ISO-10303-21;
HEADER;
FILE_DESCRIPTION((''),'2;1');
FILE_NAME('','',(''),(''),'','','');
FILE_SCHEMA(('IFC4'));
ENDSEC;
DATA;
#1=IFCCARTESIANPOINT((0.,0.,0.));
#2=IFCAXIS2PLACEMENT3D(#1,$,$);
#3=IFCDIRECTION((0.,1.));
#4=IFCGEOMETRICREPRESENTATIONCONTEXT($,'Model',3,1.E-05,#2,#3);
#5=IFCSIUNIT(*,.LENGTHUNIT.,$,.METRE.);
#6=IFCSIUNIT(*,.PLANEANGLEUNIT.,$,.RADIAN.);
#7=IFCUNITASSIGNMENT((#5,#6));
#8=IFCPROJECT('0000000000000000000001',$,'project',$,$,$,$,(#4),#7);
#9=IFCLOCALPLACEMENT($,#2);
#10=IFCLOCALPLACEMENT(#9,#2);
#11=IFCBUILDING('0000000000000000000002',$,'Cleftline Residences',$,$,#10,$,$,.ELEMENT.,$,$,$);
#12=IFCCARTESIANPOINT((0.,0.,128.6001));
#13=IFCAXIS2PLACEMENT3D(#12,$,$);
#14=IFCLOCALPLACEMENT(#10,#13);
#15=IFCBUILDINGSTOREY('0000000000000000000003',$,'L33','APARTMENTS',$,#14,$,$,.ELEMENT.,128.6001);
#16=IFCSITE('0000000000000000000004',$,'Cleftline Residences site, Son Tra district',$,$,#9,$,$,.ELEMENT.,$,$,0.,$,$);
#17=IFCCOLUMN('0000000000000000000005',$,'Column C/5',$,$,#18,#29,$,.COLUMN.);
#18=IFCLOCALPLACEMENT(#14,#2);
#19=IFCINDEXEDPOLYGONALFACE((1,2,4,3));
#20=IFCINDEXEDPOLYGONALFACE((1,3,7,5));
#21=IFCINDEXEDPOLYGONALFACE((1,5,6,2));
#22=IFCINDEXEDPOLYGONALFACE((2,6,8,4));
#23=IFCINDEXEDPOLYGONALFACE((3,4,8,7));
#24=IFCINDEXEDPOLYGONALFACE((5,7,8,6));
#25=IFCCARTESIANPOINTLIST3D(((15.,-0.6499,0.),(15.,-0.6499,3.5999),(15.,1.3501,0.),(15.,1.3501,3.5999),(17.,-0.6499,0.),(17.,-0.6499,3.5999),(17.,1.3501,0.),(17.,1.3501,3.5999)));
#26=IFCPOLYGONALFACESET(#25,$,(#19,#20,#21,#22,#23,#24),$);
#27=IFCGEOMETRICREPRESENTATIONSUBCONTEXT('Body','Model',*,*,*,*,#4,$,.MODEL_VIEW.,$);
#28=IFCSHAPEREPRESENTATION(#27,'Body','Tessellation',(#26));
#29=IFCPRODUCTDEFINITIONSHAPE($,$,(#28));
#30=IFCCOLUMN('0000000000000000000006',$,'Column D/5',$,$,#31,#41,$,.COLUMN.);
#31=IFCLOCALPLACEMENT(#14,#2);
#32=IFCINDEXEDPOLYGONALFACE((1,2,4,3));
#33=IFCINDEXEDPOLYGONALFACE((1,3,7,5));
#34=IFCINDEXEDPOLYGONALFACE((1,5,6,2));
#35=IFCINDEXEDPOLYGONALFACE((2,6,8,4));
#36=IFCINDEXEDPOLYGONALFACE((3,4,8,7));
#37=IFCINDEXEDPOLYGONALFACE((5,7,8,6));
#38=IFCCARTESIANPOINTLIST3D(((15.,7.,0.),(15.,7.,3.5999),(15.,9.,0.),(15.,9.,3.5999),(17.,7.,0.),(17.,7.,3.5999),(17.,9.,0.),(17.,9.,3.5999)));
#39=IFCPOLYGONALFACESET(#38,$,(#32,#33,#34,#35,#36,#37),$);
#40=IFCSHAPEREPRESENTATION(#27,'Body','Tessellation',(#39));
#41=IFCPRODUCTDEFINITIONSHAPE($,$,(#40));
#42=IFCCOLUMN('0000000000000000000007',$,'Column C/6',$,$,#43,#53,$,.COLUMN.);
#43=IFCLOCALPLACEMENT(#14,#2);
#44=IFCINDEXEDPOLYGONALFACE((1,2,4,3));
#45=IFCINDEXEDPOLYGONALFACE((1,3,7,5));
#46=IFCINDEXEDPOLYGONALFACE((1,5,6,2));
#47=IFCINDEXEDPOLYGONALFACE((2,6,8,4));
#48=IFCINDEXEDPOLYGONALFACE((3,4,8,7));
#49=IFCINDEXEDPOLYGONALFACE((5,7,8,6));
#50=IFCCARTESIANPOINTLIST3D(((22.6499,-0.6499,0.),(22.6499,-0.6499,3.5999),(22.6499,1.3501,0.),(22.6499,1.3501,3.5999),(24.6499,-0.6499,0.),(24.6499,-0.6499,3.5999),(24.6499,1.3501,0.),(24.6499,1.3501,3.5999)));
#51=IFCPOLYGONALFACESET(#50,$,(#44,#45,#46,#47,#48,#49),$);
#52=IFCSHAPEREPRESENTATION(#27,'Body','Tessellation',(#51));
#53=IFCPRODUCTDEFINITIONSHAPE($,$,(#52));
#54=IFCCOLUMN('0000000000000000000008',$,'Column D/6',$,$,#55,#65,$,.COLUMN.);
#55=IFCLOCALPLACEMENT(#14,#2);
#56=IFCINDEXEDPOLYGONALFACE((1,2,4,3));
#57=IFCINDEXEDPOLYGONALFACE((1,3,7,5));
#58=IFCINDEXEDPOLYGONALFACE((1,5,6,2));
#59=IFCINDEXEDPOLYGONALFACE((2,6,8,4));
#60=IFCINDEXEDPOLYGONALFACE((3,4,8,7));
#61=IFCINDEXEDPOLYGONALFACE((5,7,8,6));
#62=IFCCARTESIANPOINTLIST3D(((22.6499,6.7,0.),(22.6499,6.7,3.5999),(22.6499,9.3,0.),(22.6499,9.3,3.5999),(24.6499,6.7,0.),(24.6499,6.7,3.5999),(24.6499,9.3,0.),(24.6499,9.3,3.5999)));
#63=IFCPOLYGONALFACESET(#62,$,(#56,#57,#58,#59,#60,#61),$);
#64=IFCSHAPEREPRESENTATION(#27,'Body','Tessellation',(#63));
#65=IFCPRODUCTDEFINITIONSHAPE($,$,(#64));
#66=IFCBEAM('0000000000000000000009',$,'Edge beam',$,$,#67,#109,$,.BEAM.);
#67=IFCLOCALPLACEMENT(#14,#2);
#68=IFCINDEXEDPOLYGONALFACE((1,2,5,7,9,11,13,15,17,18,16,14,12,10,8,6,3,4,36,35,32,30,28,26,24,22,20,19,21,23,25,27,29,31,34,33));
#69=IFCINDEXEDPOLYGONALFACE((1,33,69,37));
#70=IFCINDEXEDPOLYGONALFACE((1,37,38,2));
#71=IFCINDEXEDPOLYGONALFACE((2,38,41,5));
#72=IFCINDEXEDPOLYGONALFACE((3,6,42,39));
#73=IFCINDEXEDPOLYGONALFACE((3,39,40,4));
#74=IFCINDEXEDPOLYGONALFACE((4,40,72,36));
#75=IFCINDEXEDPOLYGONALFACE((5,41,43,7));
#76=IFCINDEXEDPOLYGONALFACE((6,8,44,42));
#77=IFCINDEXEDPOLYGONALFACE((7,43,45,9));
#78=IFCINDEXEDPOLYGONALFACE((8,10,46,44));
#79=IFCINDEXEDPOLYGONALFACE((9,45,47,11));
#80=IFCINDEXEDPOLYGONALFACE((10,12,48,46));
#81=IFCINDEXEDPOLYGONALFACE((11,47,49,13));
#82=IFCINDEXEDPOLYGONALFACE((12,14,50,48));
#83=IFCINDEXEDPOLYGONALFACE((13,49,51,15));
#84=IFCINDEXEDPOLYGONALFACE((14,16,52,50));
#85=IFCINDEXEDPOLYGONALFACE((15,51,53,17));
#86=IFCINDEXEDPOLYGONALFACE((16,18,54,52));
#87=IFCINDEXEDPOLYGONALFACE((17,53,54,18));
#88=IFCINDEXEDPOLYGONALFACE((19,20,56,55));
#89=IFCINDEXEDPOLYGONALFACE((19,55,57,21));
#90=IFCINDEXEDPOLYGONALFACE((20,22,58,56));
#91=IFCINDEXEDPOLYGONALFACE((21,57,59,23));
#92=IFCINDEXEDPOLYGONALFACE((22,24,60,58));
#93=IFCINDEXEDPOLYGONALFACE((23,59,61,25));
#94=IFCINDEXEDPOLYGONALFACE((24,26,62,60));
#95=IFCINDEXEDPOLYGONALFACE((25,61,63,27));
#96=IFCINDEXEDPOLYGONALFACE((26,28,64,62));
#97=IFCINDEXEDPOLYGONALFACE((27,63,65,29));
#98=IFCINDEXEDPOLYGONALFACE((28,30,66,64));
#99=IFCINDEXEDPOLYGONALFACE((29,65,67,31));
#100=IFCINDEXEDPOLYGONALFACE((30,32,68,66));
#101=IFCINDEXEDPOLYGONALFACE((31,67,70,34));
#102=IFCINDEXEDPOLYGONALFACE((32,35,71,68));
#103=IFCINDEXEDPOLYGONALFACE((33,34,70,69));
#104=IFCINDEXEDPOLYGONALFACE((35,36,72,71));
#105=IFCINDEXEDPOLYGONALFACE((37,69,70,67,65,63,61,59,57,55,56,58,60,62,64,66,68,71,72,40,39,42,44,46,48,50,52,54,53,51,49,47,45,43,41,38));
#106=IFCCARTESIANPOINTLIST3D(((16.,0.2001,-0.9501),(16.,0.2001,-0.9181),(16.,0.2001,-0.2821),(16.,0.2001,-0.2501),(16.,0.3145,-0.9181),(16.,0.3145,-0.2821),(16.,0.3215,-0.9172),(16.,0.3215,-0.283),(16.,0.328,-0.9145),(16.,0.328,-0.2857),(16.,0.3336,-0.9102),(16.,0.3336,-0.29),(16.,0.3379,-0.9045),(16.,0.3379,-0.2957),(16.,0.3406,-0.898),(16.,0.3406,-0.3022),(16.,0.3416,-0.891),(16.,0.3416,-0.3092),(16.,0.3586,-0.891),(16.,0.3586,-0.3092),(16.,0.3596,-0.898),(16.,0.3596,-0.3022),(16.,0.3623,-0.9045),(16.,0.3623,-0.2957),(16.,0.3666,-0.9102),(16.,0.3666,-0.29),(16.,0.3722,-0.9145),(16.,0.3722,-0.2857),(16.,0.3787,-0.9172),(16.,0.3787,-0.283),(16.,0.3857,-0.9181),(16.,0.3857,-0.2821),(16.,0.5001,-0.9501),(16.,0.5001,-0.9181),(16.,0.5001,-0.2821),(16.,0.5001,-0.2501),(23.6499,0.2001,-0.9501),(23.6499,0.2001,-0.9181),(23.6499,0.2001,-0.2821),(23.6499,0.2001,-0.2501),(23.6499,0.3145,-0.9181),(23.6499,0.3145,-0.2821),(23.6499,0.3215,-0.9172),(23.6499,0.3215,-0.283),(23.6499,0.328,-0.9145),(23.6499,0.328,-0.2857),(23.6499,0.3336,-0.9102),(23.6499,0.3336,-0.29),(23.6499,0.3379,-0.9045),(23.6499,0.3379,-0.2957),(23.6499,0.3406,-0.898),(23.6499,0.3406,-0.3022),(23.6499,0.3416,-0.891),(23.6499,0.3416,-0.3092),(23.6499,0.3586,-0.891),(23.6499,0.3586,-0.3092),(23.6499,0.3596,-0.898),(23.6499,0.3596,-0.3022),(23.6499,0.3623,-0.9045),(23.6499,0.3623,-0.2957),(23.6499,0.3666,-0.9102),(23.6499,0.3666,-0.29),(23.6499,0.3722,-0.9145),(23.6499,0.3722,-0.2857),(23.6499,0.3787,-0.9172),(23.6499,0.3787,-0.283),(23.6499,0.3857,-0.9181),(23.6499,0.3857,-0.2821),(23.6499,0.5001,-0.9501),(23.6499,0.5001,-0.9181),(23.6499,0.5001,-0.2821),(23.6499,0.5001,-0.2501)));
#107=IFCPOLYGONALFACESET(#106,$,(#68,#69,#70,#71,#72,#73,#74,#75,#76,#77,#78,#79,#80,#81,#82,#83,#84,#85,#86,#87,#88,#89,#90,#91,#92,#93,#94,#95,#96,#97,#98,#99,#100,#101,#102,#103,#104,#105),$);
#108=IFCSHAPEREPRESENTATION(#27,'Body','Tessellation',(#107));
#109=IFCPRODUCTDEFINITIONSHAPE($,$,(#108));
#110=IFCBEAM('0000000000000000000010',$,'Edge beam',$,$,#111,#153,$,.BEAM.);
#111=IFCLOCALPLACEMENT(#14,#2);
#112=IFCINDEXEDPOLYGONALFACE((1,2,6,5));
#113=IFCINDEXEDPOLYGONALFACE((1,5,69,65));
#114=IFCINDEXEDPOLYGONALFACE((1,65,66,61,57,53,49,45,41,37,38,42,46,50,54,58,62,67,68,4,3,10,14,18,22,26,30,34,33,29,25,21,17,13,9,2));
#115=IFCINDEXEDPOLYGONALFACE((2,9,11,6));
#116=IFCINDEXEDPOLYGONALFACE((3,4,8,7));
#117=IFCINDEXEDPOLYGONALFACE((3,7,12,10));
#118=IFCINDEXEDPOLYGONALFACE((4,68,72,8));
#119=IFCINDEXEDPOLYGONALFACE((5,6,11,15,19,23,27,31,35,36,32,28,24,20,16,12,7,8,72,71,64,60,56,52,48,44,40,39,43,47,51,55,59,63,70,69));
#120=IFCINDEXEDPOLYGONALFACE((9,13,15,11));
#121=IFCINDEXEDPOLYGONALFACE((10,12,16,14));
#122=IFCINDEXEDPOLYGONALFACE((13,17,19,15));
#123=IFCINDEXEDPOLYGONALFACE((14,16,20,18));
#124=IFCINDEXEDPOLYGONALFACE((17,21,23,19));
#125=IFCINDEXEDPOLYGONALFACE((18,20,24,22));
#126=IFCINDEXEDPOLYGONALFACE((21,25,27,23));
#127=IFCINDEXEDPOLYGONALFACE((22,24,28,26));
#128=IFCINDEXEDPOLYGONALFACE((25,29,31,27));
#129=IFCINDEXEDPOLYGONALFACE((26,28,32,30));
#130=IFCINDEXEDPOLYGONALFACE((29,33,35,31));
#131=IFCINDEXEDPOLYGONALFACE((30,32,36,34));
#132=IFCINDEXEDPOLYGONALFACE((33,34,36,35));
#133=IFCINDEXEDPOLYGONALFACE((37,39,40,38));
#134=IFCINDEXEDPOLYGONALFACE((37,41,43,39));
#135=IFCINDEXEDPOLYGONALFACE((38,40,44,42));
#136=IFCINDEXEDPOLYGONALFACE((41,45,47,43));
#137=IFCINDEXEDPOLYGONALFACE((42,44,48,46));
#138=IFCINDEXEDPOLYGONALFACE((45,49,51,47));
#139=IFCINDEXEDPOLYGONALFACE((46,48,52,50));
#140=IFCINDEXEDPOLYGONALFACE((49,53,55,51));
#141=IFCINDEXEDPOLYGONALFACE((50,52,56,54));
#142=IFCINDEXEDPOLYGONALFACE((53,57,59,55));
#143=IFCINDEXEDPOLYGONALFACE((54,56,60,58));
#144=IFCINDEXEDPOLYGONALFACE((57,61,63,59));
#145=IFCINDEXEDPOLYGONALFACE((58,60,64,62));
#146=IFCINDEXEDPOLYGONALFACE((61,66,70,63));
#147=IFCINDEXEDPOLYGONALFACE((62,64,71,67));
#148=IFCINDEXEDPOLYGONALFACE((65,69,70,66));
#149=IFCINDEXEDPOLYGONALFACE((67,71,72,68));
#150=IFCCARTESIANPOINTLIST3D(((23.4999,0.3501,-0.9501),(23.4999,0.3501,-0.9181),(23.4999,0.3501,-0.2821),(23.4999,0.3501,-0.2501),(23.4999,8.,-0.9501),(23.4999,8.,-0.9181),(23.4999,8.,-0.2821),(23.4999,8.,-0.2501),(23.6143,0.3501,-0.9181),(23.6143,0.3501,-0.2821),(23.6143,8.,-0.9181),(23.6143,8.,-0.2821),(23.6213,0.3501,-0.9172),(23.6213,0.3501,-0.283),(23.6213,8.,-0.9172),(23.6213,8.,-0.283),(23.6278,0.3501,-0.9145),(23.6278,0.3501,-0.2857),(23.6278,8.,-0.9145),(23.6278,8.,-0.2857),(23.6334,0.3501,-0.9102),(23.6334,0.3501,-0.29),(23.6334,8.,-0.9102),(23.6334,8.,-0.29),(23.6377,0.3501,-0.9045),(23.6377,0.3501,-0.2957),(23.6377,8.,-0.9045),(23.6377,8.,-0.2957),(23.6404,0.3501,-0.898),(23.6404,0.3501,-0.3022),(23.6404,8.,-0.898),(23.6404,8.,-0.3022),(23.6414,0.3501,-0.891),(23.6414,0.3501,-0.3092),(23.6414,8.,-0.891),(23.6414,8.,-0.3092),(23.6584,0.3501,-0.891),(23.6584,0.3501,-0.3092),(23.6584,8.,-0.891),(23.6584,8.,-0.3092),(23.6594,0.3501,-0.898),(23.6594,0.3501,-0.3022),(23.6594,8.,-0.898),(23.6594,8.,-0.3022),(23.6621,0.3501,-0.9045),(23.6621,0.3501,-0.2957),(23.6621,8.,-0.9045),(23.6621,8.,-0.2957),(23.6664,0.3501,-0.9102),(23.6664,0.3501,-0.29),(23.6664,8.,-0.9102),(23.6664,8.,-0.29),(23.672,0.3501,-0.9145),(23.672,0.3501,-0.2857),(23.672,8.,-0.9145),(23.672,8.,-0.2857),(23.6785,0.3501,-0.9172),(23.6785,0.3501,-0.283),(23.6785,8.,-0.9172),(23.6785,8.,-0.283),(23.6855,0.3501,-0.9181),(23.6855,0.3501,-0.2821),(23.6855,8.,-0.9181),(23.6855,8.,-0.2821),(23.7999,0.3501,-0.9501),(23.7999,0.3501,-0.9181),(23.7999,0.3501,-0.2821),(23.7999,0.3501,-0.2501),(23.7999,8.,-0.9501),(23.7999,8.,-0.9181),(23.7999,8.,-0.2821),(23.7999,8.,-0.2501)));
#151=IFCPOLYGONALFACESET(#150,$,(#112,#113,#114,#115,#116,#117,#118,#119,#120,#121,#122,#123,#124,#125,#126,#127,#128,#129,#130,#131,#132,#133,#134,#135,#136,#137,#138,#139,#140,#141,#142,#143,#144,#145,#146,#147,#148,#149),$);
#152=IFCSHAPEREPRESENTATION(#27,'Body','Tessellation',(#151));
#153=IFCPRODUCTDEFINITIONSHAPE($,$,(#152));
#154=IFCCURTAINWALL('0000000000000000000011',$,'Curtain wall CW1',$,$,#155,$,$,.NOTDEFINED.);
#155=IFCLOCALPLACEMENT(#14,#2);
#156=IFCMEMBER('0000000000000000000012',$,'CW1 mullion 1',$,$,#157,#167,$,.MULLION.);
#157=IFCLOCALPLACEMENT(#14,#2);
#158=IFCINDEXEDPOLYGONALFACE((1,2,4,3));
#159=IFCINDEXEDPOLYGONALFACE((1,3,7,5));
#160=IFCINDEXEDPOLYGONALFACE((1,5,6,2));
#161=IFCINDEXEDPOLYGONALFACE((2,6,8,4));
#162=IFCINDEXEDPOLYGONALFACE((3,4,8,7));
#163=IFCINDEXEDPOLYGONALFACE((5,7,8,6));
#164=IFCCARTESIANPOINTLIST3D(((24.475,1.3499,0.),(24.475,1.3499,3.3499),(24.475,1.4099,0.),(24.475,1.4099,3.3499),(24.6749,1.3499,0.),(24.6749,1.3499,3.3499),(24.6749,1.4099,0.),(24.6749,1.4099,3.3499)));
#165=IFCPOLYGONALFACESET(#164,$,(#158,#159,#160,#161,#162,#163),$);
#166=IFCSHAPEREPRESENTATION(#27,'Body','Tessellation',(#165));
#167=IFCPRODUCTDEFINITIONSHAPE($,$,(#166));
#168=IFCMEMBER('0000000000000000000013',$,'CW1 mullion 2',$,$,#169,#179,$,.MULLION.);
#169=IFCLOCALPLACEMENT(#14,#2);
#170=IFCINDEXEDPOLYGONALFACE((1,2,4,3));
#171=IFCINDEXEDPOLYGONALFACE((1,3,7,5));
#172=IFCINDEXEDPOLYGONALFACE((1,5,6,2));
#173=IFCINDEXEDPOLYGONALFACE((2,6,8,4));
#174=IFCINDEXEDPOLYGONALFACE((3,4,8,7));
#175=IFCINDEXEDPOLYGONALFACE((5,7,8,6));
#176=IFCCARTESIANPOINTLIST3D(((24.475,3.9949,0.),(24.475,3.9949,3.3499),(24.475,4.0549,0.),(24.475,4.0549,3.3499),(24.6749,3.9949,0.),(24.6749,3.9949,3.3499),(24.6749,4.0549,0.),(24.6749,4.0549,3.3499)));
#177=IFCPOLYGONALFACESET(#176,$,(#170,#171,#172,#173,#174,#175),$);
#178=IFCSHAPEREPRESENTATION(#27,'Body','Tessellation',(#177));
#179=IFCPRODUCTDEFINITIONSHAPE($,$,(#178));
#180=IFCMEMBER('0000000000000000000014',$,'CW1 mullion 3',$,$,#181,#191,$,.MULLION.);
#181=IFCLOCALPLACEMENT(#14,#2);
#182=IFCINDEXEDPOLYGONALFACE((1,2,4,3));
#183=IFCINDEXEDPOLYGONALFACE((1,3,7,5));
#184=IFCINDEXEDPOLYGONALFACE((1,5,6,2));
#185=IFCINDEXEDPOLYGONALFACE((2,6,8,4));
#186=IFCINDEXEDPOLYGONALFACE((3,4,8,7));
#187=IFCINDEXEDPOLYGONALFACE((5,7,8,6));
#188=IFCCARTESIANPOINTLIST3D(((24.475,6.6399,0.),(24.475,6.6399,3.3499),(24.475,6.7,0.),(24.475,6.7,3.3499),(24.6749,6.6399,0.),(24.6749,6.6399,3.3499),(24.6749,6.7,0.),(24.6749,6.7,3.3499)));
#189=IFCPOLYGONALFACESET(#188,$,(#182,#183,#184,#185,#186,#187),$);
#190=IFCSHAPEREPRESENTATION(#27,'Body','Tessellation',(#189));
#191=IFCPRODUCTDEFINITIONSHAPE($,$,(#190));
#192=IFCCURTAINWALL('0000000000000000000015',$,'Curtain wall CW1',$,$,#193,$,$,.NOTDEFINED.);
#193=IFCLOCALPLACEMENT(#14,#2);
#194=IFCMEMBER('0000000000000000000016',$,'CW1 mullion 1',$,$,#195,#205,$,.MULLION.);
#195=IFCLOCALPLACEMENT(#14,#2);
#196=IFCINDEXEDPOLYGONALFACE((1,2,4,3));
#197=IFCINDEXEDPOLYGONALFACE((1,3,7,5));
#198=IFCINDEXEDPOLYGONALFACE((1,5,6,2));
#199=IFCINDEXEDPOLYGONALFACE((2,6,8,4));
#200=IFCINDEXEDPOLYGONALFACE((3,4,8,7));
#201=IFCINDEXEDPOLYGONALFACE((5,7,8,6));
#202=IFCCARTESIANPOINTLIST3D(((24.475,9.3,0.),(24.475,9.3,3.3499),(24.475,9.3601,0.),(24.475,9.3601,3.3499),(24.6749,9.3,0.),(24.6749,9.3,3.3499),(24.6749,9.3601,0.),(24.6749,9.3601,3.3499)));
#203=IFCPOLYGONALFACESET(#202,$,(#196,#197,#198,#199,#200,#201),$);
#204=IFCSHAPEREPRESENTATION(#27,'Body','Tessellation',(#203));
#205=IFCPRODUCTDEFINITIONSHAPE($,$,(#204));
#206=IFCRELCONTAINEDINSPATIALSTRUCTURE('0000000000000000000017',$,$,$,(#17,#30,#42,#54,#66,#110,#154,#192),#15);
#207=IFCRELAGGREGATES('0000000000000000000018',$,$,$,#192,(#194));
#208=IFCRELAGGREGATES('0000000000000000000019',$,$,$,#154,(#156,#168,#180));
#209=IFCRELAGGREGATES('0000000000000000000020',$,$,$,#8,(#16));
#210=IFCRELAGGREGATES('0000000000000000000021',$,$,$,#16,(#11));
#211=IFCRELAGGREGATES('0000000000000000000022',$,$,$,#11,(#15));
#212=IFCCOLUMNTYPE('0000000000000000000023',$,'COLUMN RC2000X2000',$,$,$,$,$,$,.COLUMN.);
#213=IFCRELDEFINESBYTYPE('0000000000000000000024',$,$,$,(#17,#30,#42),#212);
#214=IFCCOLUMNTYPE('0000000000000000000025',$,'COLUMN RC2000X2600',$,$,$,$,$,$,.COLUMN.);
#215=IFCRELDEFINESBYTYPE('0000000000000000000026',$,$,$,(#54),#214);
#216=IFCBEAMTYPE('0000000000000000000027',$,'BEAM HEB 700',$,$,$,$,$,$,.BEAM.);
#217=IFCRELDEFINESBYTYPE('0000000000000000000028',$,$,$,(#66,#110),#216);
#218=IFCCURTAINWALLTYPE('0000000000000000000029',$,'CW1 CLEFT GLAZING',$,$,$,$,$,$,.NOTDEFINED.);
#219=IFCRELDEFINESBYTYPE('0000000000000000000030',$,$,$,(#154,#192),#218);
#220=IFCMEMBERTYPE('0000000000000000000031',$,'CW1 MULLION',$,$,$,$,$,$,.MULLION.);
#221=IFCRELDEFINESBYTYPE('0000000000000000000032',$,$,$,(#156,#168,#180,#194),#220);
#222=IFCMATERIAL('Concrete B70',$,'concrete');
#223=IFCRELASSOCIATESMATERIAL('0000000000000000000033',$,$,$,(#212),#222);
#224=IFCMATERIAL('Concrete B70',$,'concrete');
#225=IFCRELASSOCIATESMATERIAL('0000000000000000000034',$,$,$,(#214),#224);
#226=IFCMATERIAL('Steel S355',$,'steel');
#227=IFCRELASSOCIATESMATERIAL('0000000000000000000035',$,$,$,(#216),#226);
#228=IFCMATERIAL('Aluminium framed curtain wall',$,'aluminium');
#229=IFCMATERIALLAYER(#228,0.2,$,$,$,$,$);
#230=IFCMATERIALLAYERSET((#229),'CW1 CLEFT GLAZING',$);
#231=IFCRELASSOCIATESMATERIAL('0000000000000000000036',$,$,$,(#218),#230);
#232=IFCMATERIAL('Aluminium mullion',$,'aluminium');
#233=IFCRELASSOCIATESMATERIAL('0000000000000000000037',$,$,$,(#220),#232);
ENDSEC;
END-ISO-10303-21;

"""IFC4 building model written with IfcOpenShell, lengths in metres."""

from ifc_helpers import new_model, si_unit, direction, frame, origin, origin_2d, place, context, subcontext, project, spatial, rectangle, i_section, extrude, material, layer, layer_set, material_profile, profile_set, type_object, element, aggregate, save


model = new_model("IFC4")

# Units and contexts
model_context = context("Model", 3, precision=1e-05, world=origin(), true_north=direction((0.0, 1.0)))
body_context = subcontext(model_context, "Body", "Model", "MODEL_VIEW")
ifc_project = project(units=[si_unit("LENGTHUNIT", "METRE"), si_unit("PLANEANGLEUNIT", "RADIAN")], contexts=[model_context])

# Site, building, storey
site_placement = place(None, origin())
site = spatial("IfcSite", under=ifc_project, at=site_placement, Name="Cleftline Residences site, Son Tra district", CompositionType="ELEMENT", RefElevation=0.0)
building_placement = place(site_placement, origin())
building = spatial("IfcBuilding", under=site, at=building_placement, Name="Cleftline Residences", CompositionType="ELEMENT")
storey_placement = place(building_placement, frame((0.0, 0.0, 128.6001)))
storey = spatial("IfcBuildingStorey", under=building, at=storey_placement, Name="L33", Description="APARTMENTS", CompositionType="ELEMENT", Elevation=128.6001)

# Columns
ifc_material_1 = material(Name="Concrete B70", Category="concrete")
ifc_material_profile_1 = material_profile(ifc_material_1, rectangle(XDim=2.0, YDim=2.0, at=origin_2d()))
ifc_profile_set_1 = profile_set([ifc_material_profile_1], Name="Concrete B70")
column_type_1 = type_object("IfcColumnType", Name="COLUMN RC2000X2000", PredefinedType="COLUMN", material=ifc_profile_set_1)
for number, where, z_axis, x_axis, name in (
    (1, (16.0, 0.3501, 0.0), (0.0, 0.0, 1.0), (1.0, 0.0, 0.0), "Column C/5"),
    (2, (16.0, 8.0, 0.0), (0.0, 0.0, 1.0), (1.0, 0.0, 0.0), "Column D/5"),
    (3, (23.6499, 0.3501, 0.0), (0.0, 0.0, 1.0), (1.0, 0.0, 0.0), "Column C/6"),
):
    element("IfcColumn", number, at=place(storey_placement, frame(where, z_axis=z_axis, x_axis=x_axis)), inside=storey, type_object=column_type_1, Name=name, PredefinedType="COLUMN", context=body_context, shape_type="SweptSolid", body=[
        extrude(rectangle(XDim=2.0, YDim=2.0, at=origin_2d()), origin(), (0.0, 0.0, 1.0), 3.5999),
    ])
ifc_material_2 = material(Name="Concrete B70", Category="concrete")
ifc_material_profile_2 = material_profile(ifc_material_2, rectangle(XDim=2.0, YDim=2.6001, at=origin_2d()))
ifc_profile_set_2 = profile_set([ifc_material_profile_2], Name="Concrete B70")
column_type_2 = type_object("IfcColumnType", Name="COLUMN RC2000X2600", PredefinedType="COLUMN", material=ifc_profile_set_2)
column_placement = place(storey_placement, frame((23.6499, 8.0, 0.0), z_axis=(0.0, 0.0, 1.0), x_axis=(1.0, 0.0, 0.0)))
element("IfcColumn", 4, at=column_placement, inside=storey, type_object=column_type_2, Name="Column D/6", PredefinedType="COLUMN", context=body_context, shape_type="SweptSolid", body=[
    extrude(rectangle(XDim=2.0, YDim=2.6001, at=origin_2d()), origin(), (0.0, 0.0, 1.0), 3.5999),
])

# Beams
ifc_material_3 = material(Name="Steel S355", Category="steel")
ifc_material_profile_3 = material_profile(ifc_material_3, i_section(OverallWidth=0.3, OverallDepth=0.7, WebThickness=0.0171, FlangeThickness=0.032, FilletRadius=0.0271, at=origin_2d()))
ifc_profile_set_3 = profile_set([ifc_material_profile_3], Name="Steel S355")
beam_type = type_object("IfcBeamType", Name="BEAM HEB 700", PredefinedType="BEAM", material=ifc_profile_set_3)
for number, where, z_axis, x_axis, name in (
    (5, (16.0, 0.3501, -0.6001), (1.0, 0.0, 0.0), (0.0, 1.0, 0.0), "Edge beam"),
    (6, (23.6499, 0.3501, -0.6001), (0.0, 1.0, 0.0), (-1.0, 0.0, 0.0), "Edge beam"),
):
    element("IfcBeam", number, at=place(storey_placement, frame(where, z_axis=z_axis, x_axis=x_axis)), inside=storey, type_object=beam_type, Name=name, PredefinedType="BEAM", context=body_context, shape_type="SweptSolid", body=[
        extrude(i_section(OverallWidth=0.3, OverallDepth=0.7, WebThickness=0.0171, FlangeThickness=0.032, FilletRadius=0.0271, at=origin_2d()), origin(), (0.0, 0.0, 1.0), 7.6499),
    ])

# Curtain wall, members
ifc_material_4 = material(Name="Aluminium framed curtain wall", Category="aluminium")
ifc_layer_1 = layer(ifc_material_4, 0.2)
ifc_layer_set_1 = layer_set([ifc_layer_1], Name="CW1 CLEFT GLAZING")
curtain_wall_type = type_object("IfcCurtainWallType", Name="CW1 CLEFT GLAZING", PredefinedType="NOTDEFINED", material=ifc_layer_set_1)
curtain_wall_1_placement = place(storey_placement, origin())
curtain_wall_1 = element("IfcCurtainWall", 7, at=curtain_wall_1_placement, inside=storey, type_object=curtain_wall_type, Name="Curtain wall CW1", PredefinedType="NOTDEFINED")
ifc_material_5 = material(Name="Aluminium mullion", Category="aluminium")
ifc_material_profile_4 = material_profile(ifc_material_5, rectangle(XDim=0.2, YDim=0.0601, at=origin_2d()))
ifc_profile_set_4 = profile_set([ifc_material_profile_4], Name="Aluminium mullion")
member_type_1 = type_object("IfcMemberType", Name="CW1 MULLION", PredefinedType="MULLION", material=ifc_profile_set_4)
member_1_placement = place(storey_placement, frame((24.575, 1.3799, 0.0), z_axis=(0.0, 0.0, 1.0), x_axis=(-1.0, 0.0, 0.0)))
member_1 = element("IfcMember", 8, at=member_1_placement, type_object=member_type_1, Name="CW1 mullion 1", PredefinedType="MULLION", context=body_context, shape_type="SweptSolid", body=[
    extrude(rectangle(XDim=0.2, YDim=0.0601, at=origin_2d()), origin(), (0.0, 0.0, 1.0), 3.3499),
])
member_2_placement = place(storey_placement, frame((24.575, 4.0249, 0.0), z_axis=(0.0, 0.0, 1.0), x_axis=(-1.0, 0.0, 0.0)))
member_2 = element("IfcMember", 9, at=member_2_placement, type_object=member_type_1, Name="CW1 mullion 2", PredefinedType="MULLION", context=body_context, shape_type="SweptSolid", body=[
    extrude(rectangle(XDim=0.2, YDim=0.0601, at=origin_2d()), origin(), (0.0, 0.0, 1.0), 3.3499),
])
member_3_placement = place(storey_placement, frame((24.575, 6.6699, 0.0), z_axis=(0.0, 0.0, 1.0), x_axis=(-1.0, 0.0, 0.0)))
member_3 = element("IfcMember", 10, at=member_3_placement, type_object=member_type_1, Name="CW1 mullion 3", PredefinedType="MULLION", context=body_context, shape_type="SweptSolid", body=[
    extrude(rectangle(XDim=0.2, YDim=0.0601, at=origin_2d()), origin(), (0.0, 0.0, 1.0), 3.3499),
])

# Curtain wall, member
curtain_wall_2_placement = place(storey_placement, origin())
curtain_wall_2 = element("IfcCurtainWall", 11, at=curtain_wall_2_placement, inside=storey, type_object=curtain_wall_type, Name="Curtain wall CW1", PredefinedType="NOTDEFINED")
member_4_placement = place(storey_placement, frame((24.575, 9.3301, 0.0), z_axis=(0.0, 0.0, 1.0), x_axis=(-1.0, 0.0, 0.0)))
member_4 = element("IfcMember", 12, at=member_4_placement, type_object=member_type_1, Name="CW1 mullion 1", PredefinedType="MULLION", context=body_context, shape_type="SweptSolid", body=[
    extrude(rectangle(XDim=0.2, YDim=0.0601, at=origin_2d()), origin(), (0.0, 0.0, 1.0), 3.3499),
])

aggregate(curtain_wall_2, [member_4])

aggregate(curtain_wall_1, [member_1, member_2, member_3])

save(model, "model.ifc")
